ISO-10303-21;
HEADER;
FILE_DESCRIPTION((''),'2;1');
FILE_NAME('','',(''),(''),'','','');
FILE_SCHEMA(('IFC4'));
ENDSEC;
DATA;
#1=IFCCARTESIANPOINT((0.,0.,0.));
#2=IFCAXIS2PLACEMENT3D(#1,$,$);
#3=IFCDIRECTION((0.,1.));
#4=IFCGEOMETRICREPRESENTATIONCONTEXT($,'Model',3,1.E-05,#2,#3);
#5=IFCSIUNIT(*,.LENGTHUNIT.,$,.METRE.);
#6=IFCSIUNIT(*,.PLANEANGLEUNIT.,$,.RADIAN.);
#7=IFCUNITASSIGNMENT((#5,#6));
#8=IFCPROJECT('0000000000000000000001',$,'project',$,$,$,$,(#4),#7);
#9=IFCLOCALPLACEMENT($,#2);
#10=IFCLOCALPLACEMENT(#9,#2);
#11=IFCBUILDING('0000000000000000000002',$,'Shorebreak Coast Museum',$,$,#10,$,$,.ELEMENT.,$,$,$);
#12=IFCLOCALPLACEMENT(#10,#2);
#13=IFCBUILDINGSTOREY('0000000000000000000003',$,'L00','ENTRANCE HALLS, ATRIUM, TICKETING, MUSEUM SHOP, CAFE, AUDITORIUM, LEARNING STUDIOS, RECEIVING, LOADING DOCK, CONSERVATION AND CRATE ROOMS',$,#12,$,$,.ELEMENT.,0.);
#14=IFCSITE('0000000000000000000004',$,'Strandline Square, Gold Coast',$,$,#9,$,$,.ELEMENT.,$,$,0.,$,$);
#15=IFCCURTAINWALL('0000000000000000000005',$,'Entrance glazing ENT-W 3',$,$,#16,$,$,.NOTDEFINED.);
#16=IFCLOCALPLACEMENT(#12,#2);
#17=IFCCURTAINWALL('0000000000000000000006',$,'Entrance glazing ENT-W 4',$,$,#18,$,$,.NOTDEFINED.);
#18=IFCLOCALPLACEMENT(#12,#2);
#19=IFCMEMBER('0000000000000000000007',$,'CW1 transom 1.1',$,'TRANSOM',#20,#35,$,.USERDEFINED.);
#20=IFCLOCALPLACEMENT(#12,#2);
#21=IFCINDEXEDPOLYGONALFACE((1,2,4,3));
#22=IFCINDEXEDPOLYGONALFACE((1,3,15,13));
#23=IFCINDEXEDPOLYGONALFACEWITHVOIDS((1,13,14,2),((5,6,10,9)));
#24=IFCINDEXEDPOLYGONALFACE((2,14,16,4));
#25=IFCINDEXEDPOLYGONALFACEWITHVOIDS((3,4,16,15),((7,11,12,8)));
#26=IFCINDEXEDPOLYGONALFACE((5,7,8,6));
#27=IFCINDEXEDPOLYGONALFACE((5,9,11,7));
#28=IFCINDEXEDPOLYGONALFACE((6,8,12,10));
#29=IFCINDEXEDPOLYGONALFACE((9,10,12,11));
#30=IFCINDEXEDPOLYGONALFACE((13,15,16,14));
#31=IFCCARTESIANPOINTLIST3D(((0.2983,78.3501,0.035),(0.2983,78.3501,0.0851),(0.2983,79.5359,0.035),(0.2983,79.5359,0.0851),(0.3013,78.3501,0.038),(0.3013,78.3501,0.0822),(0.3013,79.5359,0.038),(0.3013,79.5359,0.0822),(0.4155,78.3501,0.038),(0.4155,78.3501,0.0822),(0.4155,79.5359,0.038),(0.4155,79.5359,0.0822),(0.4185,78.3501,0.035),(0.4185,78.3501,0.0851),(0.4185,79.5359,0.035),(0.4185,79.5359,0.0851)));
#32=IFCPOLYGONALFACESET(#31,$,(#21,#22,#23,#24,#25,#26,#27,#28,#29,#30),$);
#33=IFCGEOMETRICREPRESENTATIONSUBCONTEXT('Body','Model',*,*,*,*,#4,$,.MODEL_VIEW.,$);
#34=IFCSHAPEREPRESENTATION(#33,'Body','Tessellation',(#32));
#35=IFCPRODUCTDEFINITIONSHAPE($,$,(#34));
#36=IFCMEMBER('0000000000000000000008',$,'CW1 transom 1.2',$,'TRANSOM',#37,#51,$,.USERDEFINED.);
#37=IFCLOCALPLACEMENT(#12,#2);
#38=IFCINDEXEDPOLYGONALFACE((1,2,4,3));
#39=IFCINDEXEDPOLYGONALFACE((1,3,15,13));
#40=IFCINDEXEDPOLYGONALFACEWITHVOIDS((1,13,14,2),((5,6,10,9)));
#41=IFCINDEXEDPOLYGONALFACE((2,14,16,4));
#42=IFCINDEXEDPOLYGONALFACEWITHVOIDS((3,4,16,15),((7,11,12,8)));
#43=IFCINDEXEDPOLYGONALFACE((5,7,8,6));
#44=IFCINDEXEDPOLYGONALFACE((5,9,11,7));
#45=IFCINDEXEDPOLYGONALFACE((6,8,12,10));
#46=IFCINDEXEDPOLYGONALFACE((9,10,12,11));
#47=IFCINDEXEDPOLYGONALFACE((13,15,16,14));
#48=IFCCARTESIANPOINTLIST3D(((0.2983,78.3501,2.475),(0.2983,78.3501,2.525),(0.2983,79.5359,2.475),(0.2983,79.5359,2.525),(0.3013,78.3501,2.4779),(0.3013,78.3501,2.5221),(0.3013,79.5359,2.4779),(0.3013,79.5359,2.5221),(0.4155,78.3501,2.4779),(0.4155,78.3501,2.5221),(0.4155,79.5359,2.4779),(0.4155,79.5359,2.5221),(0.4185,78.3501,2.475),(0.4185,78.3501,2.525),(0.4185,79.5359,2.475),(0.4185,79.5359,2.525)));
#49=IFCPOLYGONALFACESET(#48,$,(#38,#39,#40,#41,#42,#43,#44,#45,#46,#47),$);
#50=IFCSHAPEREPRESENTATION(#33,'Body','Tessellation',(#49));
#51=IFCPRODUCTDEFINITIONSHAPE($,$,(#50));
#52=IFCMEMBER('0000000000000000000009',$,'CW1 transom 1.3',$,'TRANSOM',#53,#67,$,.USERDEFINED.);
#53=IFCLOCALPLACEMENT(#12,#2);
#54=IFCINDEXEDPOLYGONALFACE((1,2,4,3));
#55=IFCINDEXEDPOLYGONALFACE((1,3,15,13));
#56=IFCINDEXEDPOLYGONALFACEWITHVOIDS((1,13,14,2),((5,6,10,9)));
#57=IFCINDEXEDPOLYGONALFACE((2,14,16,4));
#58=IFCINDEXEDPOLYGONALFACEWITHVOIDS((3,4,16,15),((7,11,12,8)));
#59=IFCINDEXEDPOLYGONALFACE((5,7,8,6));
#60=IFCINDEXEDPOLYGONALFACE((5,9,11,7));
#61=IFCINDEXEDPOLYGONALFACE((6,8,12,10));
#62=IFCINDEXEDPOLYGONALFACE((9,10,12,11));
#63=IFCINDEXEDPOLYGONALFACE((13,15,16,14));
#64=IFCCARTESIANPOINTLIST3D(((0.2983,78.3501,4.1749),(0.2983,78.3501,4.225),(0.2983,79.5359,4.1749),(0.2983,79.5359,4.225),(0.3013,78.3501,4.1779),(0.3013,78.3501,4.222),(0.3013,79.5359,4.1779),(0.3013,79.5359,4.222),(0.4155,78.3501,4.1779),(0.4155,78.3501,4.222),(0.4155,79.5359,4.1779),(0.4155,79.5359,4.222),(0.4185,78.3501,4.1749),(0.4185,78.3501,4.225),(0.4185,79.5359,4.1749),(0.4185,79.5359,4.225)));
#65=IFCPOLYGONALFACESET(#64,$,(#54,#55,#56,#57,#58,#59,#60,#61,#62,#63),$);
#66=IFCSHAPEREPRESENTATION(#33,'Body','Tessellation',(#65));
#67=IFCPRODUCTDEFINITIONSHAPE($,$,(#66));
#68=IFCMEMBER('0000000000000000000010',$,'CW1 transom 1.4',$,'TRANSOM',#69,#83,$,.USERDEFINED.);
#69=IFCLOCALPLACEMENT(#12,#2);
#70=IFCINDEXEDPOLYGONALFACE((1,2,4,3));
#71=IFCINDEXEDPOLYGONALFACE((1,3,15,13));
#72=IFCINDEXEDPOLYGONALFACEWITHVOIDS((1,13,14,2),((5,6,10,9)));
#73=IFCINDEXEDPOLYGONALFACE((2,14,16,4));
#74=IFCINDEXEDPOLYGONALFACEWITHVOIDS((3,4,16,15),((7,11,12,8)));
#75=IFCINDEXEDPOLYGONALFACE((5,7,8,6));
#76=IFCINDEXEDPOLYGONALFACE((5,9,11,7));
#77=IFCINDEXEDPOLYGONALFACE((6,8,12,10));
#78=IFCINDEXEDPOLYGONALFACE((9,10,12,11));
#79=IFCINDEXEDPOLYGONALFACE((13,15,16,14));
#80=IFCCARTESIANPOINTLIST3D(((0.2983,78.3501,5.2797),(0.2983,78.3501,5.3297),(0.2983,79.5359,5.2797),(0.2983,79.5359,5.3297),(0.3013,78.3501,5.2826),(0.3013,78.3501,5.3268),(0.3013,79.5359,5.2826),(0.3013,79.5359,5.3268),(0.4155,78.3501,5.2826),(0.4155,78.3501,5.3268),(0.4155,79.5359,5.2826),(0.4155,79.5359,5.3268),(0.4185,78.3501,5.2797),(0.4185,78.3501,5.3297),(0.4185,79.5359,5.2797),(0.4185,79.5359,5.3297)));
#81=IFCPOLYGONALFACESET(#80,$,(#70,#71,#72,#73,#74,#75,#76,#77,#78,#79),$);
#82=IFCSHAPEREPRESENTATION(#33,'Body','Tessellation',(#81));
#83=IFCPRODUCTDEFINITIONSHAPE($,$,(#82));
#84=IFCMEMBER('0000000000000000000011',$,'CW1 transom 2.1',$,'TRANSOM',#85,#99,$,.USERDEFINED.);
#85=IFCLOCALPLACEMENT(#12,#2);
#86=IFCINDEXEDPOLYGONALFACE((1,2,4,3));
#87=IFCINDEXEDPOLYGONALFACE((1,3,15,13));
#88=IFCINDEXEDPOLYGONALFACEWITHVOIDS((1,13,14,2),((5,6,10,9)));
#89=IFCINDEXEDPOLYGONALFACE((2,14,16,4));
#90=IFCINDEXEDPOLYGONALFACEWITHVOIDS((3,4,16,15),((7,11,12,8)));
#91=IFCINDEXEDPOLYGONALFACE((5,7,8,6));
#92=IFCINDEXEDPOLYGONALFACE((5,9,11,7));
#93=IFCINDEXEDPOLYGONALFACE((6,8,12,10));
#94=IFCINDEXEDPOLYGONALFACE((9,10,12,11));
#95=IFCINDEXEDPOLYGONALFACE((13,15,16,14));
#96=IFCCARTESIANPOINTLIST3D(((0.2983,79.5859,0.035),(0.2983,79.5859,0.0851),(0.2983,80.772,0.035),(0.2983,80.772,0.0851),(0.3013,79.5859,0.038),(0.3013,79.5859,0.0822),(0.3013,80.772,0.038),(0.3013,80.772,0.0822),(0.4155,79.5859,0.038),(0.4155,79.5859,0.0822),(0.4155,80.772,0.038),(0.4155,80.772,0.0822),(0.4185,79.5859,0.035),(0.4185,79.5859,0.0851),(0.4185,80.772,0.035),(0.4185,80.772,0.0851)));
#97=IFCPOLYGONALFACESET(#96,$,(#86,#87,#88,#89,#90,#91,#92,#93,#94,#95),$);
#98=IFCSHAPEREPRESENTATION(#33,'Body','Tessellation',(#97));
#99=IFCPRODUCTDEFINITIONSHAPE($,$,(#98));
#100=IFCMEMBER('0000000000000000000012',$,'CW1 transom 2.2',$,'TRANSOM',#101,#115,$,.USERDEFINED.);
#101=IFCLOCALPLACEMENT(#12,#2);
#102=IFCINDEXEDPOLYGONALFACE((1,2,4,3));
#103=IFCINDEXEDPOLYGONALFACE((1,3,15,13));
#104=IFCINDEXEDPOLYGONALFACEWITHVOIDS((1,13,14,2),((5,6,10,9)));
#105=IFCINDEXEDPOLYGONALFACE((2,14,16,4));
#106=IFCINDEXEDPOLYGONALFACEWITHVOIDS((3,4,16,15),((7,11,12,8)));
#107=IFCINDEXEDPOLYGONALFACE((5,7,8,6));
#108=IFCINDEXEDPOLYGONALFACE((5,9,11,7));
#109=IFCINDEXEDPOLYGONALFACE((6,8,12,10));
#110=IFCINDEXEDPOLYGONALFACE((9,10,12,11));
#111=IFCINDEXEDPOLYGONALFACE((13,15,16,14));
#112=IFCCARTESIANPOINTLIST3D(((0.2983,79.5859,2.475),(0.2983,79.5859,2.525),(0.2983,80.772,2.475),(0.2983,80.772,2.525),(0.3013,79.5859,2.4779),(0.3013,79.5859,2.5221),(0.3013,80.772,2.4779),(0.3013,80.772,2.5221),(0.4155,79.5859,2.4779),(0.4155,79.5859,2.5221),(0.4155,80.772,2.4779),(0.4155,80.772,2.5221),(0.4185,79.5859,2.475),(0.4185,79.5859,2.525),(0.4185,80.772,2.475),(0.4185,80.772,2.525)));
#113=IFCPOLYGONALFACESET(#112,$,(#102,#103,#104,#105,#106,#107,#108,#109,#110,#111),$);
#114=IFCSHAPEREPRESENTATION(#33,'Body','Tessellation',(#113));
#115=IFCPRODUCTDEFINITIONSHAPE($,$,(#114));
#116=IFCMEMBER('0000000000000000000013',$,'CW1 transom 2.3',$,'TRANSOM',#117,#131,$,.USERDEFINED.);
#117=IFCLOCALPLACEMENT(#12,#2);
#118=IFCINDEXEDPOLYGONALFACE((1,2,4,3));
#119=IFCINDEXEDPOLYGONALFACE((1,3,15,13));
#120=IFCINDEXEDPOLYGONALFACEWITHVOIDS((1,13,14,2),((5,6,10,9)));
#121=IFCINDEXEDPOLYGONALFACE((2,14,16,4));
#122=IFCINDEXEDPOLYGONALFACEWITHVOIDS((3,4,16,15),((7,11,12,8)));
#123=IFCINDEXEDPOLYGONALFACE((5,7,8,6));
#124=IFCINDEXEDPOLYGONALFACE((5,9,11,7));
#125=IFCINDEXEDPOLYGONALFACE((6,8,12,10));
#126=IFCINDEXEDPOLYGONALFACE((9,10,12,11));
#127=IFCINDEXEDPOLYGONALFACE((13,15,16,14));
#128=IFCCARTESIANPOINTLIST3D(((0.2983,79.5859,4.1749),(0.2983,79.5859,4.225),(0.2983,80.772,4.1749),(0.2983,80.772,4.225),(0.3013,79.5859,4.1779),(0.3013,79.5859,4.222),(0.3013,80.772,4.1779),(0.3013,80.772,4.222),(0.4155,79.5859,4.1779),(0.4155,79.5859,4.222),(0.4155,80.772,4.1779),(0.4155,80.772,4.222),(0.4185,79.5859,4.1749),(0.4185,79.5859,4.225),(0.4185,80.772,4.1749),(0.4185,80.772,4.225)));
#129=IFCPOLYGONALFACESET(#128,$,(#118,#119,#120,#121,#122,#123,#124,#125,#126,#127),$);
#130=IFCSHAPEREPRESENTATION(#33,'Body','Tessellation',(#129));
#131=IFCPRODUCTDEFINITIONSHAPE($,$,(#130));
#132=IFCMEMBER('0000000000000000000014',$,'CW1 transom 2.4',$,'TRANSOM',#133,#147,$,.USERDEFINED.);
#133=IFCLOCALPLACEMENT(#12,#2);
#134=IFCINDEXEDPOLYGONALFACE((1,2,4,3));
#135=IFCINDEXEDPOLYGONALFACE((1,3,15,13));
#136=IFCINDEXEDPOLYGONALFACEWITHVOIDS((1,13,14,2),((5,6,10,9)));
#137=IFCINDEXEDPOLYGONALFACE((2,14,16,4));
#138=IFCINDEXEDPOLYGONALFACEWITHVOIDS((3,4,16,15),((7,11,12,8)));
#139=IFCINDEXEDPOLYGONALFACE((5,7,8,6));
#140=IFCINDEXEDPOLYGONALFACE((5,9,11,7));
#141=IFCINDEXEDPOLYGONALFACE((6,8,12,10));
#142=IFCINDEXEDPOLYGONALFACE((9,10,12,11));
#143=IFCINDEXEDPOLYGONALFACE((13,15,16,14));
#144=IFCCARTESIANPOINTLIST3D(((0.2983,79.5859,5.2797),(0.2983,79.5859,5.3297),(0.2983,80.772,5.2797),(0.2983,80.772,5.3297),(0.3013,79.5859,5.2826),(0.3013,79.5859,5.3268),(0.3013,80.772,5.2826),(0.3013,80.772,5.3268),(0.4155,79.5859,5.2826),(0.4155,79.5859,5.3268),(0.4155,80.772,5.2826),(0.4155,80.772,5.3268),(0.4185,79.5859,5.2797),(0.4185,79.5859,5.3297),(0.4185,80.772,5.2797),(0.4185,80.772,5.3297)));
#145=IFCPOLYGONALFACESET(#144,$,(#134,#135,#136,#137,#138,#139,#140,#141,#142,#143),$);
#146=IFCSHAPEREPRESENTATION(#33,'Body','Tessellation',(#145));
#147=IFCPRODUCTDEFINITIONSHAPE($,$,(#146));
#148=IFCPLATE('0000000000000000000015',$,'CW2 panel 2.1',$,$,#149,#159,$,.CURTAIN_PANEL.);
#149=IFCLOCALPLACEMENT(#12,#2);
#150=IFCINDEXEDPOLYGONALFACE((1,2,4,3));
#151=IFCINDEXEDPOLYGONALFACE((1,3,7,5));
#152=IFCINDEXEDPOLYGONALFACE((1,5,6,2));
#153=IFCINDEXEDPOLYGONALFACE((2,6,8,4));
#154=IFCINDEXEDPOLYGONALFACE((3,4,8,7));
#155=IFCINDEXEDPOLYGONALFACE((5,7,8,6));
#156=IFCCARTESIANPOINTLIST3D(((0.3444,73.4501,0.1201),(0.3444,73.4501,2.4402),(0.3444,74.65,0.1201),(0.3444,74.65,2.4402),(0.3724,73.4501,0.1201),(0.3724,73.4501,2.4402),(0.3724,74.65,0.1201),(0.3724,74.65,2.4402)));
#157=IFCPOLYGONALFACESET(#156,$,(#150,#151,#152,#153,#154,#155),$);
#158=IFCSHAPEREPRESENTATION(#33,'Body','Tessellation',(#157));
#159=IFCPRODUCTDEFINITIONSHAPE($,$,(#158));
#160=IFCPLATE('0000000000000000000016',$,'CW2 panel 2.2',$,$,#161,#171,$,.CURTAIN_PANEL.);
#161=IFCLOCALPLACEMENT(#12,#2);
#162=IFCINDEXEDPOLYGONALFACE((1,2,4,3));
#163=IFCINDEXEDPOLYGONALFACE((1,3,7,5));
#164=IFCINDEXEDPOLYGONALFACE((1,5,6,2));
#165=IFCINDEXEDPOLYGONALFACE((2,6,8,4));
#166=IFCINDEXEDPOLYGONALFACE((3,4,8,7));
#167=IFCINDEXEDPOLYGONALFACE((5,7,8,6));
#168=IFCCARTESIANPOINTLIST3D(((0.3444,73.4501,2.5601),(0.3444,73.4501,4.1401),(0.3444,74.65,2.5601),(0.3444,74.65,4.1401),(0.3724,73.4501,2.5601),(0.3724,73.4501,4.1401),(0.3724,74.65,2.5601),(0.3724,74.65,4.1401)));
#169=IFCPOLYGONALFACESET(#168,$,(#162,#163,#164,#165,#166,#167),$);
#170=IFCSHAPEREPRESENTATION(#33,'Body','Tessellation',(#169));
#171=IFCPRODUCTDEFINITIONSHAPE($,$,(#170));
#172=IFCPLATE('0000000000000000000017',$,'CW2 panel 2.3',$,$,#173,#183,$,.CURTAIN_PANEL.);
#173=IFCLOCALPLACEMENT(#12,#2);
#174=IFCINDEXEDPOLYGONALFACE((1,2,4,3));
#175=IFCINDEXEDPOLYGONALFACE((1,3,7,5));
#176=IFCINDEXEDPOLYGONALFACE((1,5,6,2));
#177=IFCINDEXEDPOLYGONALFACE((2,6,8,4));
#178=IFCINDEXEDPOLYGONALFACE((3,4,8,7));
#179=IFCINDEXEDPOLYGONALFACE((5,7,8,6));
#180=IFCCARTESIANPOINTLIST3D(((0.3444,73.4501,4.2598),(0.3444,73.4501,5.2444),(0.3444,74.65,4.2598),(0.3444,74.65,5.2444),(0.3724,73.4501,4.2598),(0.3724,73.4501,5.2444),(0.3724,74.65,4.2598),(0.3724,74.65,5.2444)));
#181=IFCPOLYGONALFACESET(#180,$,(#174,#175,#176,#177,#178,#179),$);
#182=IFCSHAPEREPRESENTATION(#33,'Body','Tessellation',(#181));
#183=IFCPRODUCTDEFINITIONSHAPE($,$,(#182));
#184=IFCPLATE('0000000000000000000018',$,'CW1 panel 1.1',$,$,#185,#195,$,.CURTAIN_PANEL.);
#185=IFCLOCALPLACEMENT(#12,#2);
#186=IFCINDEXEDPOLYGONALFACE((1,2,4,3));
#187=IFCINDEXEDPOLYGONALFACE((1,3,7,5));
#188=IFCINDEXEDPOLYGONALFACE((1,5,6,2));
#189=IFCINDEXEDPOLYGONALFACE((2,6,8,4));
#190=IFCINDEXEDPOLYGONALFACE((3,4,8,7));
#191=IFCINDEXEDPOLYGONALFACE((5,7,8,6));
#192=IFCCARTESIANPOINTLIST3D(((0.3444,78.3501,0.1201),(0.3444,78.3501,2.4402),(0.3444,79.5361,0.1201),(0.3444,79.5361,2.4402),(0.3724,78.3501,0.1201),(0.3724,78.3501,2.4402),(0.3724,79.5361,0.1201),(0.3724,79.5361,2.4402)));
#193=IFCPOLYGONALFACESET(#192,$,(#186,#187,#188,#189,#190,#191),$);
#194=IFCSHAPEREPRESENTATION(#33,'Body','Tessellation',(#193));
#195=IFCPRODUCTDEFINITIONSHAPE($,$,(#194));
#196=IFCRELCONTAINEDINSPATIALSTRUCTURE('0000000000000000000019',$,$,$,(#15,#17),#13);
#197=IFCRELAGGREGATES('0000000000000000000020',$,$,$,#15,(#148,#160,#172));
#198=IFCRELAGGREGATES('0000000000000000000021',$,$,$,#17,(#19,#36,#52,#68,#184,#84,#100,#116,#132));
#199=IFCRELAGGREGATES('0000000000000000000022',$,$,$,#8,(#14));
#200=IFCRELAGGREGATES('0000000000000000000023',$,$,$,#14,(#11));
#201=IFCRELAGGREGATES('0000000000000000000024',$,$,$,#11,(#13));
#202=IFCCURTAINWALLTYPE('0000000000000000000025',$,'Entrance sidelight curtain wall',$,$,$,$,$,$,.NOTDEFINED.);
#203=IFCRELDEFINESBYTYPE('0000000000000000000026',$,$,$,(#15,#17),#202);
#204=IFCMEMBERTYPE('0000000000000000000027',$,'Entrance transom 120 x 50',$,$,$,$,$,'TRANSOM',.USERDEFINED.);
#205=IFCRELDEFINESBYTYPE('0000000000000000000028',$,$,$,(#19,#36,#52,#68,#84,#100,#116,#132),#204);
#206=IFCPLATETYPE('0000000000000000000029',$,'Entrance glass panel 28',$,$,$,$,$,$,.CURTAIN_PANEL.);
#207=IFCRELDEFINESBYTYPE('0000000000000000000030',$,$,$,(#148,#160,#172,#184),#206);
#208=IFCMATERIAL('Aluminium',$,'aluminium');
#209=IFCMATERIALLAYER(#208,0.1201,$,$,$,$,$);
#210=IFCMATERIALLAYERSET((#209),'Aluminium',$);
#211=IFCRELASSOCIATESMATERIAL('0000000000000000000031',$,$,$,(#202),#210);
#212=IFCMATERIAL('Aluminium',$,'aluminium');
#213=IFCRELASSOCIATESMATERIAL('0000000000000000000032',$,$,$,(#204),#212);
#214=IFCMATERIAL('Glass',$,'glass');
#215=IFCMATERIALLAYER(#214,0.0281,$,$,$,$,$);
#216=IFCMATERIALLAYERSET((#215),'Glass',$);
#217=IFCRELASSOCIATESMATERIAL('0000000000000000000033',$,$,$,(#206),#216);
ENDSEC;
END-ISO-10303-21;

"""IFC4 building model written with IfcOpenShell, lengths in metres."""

from ifc_helpers import new_model, si_unit, direction, frame, origin, origin_2d, place, context, subcontext, project, spatial, rectangle, hollow_rectangle, extrude, material, layer, layer_set, material_profile, profile_set, type_object, element, aggregate, save


model = new_model("IFC4")

# Units and contexts
model_context = context("Model", 3, precision=1e-05, world=origin(), true_north=direction((0.0, 1.0)))
body_context = subcontext(model_context, "Body", "Model", "MODEL_VIEW")
ifc_project = project(units=[si_unit("LENGTHUNIT", "METRE"), si_unit("PLANEANGLEUNIT", "RADIAN")], contexts=[model_context])

# Site, building, storey
site_placement = place(None, origin())
site = spatial("IfcSite", under=ifc_project, at=site_placement, Name="Strandline Square, Gold Coast", CompositionType="ELEMENT", RefElevation=0.0)
building_placement = place(site_placement, origin())
building = spatial("IfcBuilding", under=site, at=building_placement, Name="Shorebreak Coast Museum", CompositionType="ELEMENT")
storey_placement = place(building_placement, origin())
storey = spatial("IfcBuildingStorey", under=building, at=storey_placement, Name="L00", Description="ENTRANCE HALLS, ATRIUM, TICKETING, MUSEUM SHOP, CAFE, AUDITORIUM, LEARNING STUDIOS, RECEIVING, LOADING DOCK, CONSERVATION AND CRATE ROOMS", CompositionType="ELEMENT", Elevation=0.0)

# Curtain wall
ifc_material_1 = material(Name="Aluminium", Category="aluminium")
ifc_layer_1 = layer(ifc_material_1, 0.1201)
ifc_layer_set_1 = layer_set([ifc_layer_1], Name="Aluminium")
curtain_wall_type = type_object("IfcCurtainWallType", Name="Entrance sidelight curtain wall", PredefinedType="NOTDEFINED", material=ifc_layer_set_1)
curtain_wall_1_placement = place(storey_placement, origin())
curtain_wall_1 = element("IfcCurtainWall", 1, at=curtain_wall_1_placement, inside=storey, type_object=curtain_wall_type, Name="Entrance glazing ENT-W 3", PredefinedType="NOTDEFINED")

# Curtain wall
curtain_wall_2_placement = place(storey_placement, origin())
curtain_wall_2 = element("IfcCurtainWall", 2, at=curtain_wall_2_placement, inside=storey, type_object=curtain_wall_type, Name="Entrance glazing ENT-W 4", PredefinedType="NOTDEFINED")

# Members
ifc_material_2 = material(Name="Aluminium", Category="aluminium")
ifc_material_profile_1 = material_profile(ifc_material_2, hollow_rectangle(XDim=0.1201, YDim=0.05, WallThickness=0.0029, at=origin_2d()), Name="AL 50x120 RHS")
ifc_profile_set_1 = profile_set([ifc_material_profile_1], Name="Aluminium")
member_type_1 = type_object("IfcMemberType", Name="Entrance transom 120 x 50", ElementType="TRANSOM", PredefinedType="USERDEFINED", material=ifc_profile_set_1)
member_1_placement = place(storey_placement, frame((0.3584, 78.3501, 0.0601), z_axis=(0.0, 1.0, 0.0), x_axis=(-1.0, 0.0, 0.0)))
member_1 = element("IfcMember", 3, at=member_1_placement, type_object=member_type_1, Name="CW1 transom 1.1", ObjectType="TRANSOM", PredefinedType="USERDEFINED", context=body_context, shape_type="SweptSolid", body=[
    extrude(hollow_rectangle(XDim=0.1201, YDim=0.05, WallThickness=0.0029, at=origin_2d()), origin(), (0.0, 0.0, 1.0), 1.1858),
])
member_2_placement = place(storey_placement, frame((0.3584, 78.3501, 2.5), z_axis=(0.0, 1.0, 0.0), x_axis=(-1.0, 0.0, 0.0)))
member_2 = element("IfcMember", 4, at=member_2_placement, type_object=member_type_1, Name="CW1 transom 1.2", ObjectType="TRANSOM", PredefinedType="USERDEFINED", context=body_context, shape_type="SweptSolid", body=[
    extrude(hollow_rectangle(XDim=0.1201, YDim=0.05, WallThickness=0.0029, at=origin_2d()), origin(), (0.0, 0.0, 1.0), 1.1858),
])
member_3_placement = place(storey_placement, frame((0.3584, 78.3501, 4.2), z_axis=(0.0, 1.0, 0.0), x_axis=(-1.0, 0.0, 0.0)))
member_3 = element("IfcMember", 5, at=member_3_placement, type_object=member_type_1, Name="CW1 transom 1.3", ObjectType="TRANSOM", PredefinedType="USERDEFINED", context=body_context, shape_type="SweptSolid", body=[
    extrude(hollow_rectangle(XDim=0.1201, YDim=0.05, WallThickness=0.0029, at=origin_2d()), origin(), (0.0, 0.0, 1.0), 1.1858),
])
member_4_placement = place(storey_placement, frame((0.3584, 78.3501, 5.3047), z_axis=(0.0, 1.0, 0.0), x_axis=(-1.0, 0.0, 0.0)))
member_4 = element("IfcMember", 6, at=member_4_placement, type_object=member_type_1, Name="CW1 transom 1.4", ObjectType="TRANSOM", PredefinedType="USERDEFINED", context=body_context, shape_type="SweptSolid", body=[
    extrude(hollow_rectangle(XDim=0.1201, YDim=0.05, WallThickness=0.0029, at=origin_2d()), origin(), (0.0, 0.0, 1.0), 1.1858),
])
member_5_placement = place(storey_placement, frame((0.3584, 79.5859, 0.0601), z_axis=(0.0, 1.0, 0.0), x_axis=(-1.0, 0.0, 0.0)))
member_5 = element("IfcMember", 7, at=member_5_placement, type_object=member_type_1, Name="CW1 transom 2.1", ObjectType="TRANSOM", PredefinedType="USERDEFINED", context=body_context, shape_type="SweptSolid", body=[
    extrude(hollow_rectangle(XDim=0.1201, YDim=0.05, WallThickness=0.0029, at=origin_2d()), origin(), (0.0, 0.0, 1.0), 1.186),
])
member_6_placement = place(storey_placement, frame((0.3584, 79.5859, 2.5), z_axis=(0.0, 1.0, 0.0), x_axis=(-1.0, 0.0, 0.0)))
member_6 = element("IfcMember", 8, at=member_6_placement, type_object=member_type_1, Name="CW1 transom 2.2", ObjectType="TRANSOM", PredefinedType="USERDEFINED", context=body_context, shape_type="SweptSolid", body=[
    extrude(hollow_rectangle(XDim=0.1201, YDim=0.05, WallThickness=0.0029, at=origin_2d()), origin(), (0.0, 0.0, 1.0), 1.186),
])
member_7_placement = place(storey_placement, frame((0.3584, 79.5859, 4.2), z_axis=(0.0, 1.0, 0.0), x_axis=(-1.0, 0.0, 0.0)))
member_7 = element("IfcMember", 9, at=member_7_placement, type_object=member_type_1, Name="CW1 transom 2.3", ObjectType="TRANSOM", PredefinedType="USERDEFINED", context=body_context, shape_type="SweptSolid", body=[
    extrude(hollow_rectangle(XDim=0.1201, YDim=0.05, WallThickness=0.0029, at=origin_2d()), origin(), (0.0, 0.0, 1.0), 1.186),
])
member_8_placement = place(storey_placement, frame((0.3584, 79.5859, 5.3047), z_axis=(0.0, 1.0, 0.0), x_axis=(-1.0, 0.0, 0.0)))
member_8 = element("IfcMember", 10, at=member_8_placement, type_object=member_type_1, Name="CW1 transom 2.4", ObjectType="TRANSOM", PredefinedType="USERDEFINED", context=body_context, shape_type="SweptSolid", body=[
    extrude(hollow_rectangle(XDim=0.1201, YDim=0.05, WallThickness=0.0029, at=origin_2d()), origin(), (0.0, 0.0, 1.0), 1.186),
])

# Plates
ifc_material_3 = material(Name="Glass", Category="glass")
ifc_layer_2 = layer(ifc_material_3, 0.0281)
ifc_layer_set_2 = layer_set([ifc_layer_2], Name="Glass")
plate_type = type_object("IfcPlateType", Name="Entrance glass panel 28", PredefinedType="CURTAIN_PANEL", material=ifc_layer_set_2)
plate_1_placement = place(storey_placement, frame((0.3584, 74.05, 0.1201), z_axis=(0.0, 0.0, 1.0), x_axis=(0.0, 1.0, 0.0)))
plate_1 = element("IfcPlate", 11, at=plate_1_placement, type_object=plate_type, Name="CW2 panel 2.1", PredefinedType="CURTAIN_PANEL", context=body_context, shape_type="SweptSolid", body=[
    extrude(rectangle(XDim=1.2, YDim=0.0281, at=origin_2d()), origin(), (0.0, 0.0, 1.0), 2.3201),
])
plate_2_placement = place(storey_placement, frame((0.3584, 74.05, 2.5601), z_axis=(0.0, 0.0, 1.0), x_axis=(0.0, 1.0, 0.0)))
plate_2 = element("IfcPlate", 12, at=plate_2_placement, type_object=plate_type, Name="CW2 panel 2.2", PredefinedType="CURTAIN_PANEL", context=body_context, shape_type="SweptSolid", body=[
    extrude(rectangle(XDim=1.2, YDim=0.0281, at=origin_2d()), origin(), (0.0, 0.0, 1.0), 1.5801),
])
plate_3_placement = place(storey_placement, frame((0.3584, 74.05, 4.2598), z_axis=(0.0, 0.0, 1.0), x_axis=(0.0, 1.0, 0.0)))
plate_3 = element("IfcPlate", 13, at=plate_3_placement, type_object=plate_type, Name="CW2 panel 2.3", PredefinedType="CURTAIN_PANEL", context=body_context, shape_type="SweptSolid", body=[
    extrude(rectangle(XDim=1.2, YDim=0.0281, at=origin_2d()), origin(), (0.0, 0.0, 1.0), 0.9846),
])
aggregate(curtain_wall_1, [plate_1, plate_2, plate_3])
plate_4_placement = place(storey_placement, frame((0.3584, 78.9431, 0.1201), z_axis=(0.0, 0.0, 1.0), x_axis=(0.0, 1.0, 0.0)))
plate_4 = element("IfcPlate", 14, at=plate_4_placement, type_object=plate_type, Name="CW1 panel 1.1", PredefinedType="CURTAIN_PANEL", context=body_context, shape_type="SweptSolid", body=[
    extrude(rectangle(XDim=1.186, YDim=0.0281, at=origin_2d()), origin(), (0.0, 0.0, 1.0), 2.3201),
])
aggregate(curtain_wall_2, [member_1, member_2, member_3, member_4, plate_4, member_5, member_6, member_7, member_8])

save(model, "model.ifc")
